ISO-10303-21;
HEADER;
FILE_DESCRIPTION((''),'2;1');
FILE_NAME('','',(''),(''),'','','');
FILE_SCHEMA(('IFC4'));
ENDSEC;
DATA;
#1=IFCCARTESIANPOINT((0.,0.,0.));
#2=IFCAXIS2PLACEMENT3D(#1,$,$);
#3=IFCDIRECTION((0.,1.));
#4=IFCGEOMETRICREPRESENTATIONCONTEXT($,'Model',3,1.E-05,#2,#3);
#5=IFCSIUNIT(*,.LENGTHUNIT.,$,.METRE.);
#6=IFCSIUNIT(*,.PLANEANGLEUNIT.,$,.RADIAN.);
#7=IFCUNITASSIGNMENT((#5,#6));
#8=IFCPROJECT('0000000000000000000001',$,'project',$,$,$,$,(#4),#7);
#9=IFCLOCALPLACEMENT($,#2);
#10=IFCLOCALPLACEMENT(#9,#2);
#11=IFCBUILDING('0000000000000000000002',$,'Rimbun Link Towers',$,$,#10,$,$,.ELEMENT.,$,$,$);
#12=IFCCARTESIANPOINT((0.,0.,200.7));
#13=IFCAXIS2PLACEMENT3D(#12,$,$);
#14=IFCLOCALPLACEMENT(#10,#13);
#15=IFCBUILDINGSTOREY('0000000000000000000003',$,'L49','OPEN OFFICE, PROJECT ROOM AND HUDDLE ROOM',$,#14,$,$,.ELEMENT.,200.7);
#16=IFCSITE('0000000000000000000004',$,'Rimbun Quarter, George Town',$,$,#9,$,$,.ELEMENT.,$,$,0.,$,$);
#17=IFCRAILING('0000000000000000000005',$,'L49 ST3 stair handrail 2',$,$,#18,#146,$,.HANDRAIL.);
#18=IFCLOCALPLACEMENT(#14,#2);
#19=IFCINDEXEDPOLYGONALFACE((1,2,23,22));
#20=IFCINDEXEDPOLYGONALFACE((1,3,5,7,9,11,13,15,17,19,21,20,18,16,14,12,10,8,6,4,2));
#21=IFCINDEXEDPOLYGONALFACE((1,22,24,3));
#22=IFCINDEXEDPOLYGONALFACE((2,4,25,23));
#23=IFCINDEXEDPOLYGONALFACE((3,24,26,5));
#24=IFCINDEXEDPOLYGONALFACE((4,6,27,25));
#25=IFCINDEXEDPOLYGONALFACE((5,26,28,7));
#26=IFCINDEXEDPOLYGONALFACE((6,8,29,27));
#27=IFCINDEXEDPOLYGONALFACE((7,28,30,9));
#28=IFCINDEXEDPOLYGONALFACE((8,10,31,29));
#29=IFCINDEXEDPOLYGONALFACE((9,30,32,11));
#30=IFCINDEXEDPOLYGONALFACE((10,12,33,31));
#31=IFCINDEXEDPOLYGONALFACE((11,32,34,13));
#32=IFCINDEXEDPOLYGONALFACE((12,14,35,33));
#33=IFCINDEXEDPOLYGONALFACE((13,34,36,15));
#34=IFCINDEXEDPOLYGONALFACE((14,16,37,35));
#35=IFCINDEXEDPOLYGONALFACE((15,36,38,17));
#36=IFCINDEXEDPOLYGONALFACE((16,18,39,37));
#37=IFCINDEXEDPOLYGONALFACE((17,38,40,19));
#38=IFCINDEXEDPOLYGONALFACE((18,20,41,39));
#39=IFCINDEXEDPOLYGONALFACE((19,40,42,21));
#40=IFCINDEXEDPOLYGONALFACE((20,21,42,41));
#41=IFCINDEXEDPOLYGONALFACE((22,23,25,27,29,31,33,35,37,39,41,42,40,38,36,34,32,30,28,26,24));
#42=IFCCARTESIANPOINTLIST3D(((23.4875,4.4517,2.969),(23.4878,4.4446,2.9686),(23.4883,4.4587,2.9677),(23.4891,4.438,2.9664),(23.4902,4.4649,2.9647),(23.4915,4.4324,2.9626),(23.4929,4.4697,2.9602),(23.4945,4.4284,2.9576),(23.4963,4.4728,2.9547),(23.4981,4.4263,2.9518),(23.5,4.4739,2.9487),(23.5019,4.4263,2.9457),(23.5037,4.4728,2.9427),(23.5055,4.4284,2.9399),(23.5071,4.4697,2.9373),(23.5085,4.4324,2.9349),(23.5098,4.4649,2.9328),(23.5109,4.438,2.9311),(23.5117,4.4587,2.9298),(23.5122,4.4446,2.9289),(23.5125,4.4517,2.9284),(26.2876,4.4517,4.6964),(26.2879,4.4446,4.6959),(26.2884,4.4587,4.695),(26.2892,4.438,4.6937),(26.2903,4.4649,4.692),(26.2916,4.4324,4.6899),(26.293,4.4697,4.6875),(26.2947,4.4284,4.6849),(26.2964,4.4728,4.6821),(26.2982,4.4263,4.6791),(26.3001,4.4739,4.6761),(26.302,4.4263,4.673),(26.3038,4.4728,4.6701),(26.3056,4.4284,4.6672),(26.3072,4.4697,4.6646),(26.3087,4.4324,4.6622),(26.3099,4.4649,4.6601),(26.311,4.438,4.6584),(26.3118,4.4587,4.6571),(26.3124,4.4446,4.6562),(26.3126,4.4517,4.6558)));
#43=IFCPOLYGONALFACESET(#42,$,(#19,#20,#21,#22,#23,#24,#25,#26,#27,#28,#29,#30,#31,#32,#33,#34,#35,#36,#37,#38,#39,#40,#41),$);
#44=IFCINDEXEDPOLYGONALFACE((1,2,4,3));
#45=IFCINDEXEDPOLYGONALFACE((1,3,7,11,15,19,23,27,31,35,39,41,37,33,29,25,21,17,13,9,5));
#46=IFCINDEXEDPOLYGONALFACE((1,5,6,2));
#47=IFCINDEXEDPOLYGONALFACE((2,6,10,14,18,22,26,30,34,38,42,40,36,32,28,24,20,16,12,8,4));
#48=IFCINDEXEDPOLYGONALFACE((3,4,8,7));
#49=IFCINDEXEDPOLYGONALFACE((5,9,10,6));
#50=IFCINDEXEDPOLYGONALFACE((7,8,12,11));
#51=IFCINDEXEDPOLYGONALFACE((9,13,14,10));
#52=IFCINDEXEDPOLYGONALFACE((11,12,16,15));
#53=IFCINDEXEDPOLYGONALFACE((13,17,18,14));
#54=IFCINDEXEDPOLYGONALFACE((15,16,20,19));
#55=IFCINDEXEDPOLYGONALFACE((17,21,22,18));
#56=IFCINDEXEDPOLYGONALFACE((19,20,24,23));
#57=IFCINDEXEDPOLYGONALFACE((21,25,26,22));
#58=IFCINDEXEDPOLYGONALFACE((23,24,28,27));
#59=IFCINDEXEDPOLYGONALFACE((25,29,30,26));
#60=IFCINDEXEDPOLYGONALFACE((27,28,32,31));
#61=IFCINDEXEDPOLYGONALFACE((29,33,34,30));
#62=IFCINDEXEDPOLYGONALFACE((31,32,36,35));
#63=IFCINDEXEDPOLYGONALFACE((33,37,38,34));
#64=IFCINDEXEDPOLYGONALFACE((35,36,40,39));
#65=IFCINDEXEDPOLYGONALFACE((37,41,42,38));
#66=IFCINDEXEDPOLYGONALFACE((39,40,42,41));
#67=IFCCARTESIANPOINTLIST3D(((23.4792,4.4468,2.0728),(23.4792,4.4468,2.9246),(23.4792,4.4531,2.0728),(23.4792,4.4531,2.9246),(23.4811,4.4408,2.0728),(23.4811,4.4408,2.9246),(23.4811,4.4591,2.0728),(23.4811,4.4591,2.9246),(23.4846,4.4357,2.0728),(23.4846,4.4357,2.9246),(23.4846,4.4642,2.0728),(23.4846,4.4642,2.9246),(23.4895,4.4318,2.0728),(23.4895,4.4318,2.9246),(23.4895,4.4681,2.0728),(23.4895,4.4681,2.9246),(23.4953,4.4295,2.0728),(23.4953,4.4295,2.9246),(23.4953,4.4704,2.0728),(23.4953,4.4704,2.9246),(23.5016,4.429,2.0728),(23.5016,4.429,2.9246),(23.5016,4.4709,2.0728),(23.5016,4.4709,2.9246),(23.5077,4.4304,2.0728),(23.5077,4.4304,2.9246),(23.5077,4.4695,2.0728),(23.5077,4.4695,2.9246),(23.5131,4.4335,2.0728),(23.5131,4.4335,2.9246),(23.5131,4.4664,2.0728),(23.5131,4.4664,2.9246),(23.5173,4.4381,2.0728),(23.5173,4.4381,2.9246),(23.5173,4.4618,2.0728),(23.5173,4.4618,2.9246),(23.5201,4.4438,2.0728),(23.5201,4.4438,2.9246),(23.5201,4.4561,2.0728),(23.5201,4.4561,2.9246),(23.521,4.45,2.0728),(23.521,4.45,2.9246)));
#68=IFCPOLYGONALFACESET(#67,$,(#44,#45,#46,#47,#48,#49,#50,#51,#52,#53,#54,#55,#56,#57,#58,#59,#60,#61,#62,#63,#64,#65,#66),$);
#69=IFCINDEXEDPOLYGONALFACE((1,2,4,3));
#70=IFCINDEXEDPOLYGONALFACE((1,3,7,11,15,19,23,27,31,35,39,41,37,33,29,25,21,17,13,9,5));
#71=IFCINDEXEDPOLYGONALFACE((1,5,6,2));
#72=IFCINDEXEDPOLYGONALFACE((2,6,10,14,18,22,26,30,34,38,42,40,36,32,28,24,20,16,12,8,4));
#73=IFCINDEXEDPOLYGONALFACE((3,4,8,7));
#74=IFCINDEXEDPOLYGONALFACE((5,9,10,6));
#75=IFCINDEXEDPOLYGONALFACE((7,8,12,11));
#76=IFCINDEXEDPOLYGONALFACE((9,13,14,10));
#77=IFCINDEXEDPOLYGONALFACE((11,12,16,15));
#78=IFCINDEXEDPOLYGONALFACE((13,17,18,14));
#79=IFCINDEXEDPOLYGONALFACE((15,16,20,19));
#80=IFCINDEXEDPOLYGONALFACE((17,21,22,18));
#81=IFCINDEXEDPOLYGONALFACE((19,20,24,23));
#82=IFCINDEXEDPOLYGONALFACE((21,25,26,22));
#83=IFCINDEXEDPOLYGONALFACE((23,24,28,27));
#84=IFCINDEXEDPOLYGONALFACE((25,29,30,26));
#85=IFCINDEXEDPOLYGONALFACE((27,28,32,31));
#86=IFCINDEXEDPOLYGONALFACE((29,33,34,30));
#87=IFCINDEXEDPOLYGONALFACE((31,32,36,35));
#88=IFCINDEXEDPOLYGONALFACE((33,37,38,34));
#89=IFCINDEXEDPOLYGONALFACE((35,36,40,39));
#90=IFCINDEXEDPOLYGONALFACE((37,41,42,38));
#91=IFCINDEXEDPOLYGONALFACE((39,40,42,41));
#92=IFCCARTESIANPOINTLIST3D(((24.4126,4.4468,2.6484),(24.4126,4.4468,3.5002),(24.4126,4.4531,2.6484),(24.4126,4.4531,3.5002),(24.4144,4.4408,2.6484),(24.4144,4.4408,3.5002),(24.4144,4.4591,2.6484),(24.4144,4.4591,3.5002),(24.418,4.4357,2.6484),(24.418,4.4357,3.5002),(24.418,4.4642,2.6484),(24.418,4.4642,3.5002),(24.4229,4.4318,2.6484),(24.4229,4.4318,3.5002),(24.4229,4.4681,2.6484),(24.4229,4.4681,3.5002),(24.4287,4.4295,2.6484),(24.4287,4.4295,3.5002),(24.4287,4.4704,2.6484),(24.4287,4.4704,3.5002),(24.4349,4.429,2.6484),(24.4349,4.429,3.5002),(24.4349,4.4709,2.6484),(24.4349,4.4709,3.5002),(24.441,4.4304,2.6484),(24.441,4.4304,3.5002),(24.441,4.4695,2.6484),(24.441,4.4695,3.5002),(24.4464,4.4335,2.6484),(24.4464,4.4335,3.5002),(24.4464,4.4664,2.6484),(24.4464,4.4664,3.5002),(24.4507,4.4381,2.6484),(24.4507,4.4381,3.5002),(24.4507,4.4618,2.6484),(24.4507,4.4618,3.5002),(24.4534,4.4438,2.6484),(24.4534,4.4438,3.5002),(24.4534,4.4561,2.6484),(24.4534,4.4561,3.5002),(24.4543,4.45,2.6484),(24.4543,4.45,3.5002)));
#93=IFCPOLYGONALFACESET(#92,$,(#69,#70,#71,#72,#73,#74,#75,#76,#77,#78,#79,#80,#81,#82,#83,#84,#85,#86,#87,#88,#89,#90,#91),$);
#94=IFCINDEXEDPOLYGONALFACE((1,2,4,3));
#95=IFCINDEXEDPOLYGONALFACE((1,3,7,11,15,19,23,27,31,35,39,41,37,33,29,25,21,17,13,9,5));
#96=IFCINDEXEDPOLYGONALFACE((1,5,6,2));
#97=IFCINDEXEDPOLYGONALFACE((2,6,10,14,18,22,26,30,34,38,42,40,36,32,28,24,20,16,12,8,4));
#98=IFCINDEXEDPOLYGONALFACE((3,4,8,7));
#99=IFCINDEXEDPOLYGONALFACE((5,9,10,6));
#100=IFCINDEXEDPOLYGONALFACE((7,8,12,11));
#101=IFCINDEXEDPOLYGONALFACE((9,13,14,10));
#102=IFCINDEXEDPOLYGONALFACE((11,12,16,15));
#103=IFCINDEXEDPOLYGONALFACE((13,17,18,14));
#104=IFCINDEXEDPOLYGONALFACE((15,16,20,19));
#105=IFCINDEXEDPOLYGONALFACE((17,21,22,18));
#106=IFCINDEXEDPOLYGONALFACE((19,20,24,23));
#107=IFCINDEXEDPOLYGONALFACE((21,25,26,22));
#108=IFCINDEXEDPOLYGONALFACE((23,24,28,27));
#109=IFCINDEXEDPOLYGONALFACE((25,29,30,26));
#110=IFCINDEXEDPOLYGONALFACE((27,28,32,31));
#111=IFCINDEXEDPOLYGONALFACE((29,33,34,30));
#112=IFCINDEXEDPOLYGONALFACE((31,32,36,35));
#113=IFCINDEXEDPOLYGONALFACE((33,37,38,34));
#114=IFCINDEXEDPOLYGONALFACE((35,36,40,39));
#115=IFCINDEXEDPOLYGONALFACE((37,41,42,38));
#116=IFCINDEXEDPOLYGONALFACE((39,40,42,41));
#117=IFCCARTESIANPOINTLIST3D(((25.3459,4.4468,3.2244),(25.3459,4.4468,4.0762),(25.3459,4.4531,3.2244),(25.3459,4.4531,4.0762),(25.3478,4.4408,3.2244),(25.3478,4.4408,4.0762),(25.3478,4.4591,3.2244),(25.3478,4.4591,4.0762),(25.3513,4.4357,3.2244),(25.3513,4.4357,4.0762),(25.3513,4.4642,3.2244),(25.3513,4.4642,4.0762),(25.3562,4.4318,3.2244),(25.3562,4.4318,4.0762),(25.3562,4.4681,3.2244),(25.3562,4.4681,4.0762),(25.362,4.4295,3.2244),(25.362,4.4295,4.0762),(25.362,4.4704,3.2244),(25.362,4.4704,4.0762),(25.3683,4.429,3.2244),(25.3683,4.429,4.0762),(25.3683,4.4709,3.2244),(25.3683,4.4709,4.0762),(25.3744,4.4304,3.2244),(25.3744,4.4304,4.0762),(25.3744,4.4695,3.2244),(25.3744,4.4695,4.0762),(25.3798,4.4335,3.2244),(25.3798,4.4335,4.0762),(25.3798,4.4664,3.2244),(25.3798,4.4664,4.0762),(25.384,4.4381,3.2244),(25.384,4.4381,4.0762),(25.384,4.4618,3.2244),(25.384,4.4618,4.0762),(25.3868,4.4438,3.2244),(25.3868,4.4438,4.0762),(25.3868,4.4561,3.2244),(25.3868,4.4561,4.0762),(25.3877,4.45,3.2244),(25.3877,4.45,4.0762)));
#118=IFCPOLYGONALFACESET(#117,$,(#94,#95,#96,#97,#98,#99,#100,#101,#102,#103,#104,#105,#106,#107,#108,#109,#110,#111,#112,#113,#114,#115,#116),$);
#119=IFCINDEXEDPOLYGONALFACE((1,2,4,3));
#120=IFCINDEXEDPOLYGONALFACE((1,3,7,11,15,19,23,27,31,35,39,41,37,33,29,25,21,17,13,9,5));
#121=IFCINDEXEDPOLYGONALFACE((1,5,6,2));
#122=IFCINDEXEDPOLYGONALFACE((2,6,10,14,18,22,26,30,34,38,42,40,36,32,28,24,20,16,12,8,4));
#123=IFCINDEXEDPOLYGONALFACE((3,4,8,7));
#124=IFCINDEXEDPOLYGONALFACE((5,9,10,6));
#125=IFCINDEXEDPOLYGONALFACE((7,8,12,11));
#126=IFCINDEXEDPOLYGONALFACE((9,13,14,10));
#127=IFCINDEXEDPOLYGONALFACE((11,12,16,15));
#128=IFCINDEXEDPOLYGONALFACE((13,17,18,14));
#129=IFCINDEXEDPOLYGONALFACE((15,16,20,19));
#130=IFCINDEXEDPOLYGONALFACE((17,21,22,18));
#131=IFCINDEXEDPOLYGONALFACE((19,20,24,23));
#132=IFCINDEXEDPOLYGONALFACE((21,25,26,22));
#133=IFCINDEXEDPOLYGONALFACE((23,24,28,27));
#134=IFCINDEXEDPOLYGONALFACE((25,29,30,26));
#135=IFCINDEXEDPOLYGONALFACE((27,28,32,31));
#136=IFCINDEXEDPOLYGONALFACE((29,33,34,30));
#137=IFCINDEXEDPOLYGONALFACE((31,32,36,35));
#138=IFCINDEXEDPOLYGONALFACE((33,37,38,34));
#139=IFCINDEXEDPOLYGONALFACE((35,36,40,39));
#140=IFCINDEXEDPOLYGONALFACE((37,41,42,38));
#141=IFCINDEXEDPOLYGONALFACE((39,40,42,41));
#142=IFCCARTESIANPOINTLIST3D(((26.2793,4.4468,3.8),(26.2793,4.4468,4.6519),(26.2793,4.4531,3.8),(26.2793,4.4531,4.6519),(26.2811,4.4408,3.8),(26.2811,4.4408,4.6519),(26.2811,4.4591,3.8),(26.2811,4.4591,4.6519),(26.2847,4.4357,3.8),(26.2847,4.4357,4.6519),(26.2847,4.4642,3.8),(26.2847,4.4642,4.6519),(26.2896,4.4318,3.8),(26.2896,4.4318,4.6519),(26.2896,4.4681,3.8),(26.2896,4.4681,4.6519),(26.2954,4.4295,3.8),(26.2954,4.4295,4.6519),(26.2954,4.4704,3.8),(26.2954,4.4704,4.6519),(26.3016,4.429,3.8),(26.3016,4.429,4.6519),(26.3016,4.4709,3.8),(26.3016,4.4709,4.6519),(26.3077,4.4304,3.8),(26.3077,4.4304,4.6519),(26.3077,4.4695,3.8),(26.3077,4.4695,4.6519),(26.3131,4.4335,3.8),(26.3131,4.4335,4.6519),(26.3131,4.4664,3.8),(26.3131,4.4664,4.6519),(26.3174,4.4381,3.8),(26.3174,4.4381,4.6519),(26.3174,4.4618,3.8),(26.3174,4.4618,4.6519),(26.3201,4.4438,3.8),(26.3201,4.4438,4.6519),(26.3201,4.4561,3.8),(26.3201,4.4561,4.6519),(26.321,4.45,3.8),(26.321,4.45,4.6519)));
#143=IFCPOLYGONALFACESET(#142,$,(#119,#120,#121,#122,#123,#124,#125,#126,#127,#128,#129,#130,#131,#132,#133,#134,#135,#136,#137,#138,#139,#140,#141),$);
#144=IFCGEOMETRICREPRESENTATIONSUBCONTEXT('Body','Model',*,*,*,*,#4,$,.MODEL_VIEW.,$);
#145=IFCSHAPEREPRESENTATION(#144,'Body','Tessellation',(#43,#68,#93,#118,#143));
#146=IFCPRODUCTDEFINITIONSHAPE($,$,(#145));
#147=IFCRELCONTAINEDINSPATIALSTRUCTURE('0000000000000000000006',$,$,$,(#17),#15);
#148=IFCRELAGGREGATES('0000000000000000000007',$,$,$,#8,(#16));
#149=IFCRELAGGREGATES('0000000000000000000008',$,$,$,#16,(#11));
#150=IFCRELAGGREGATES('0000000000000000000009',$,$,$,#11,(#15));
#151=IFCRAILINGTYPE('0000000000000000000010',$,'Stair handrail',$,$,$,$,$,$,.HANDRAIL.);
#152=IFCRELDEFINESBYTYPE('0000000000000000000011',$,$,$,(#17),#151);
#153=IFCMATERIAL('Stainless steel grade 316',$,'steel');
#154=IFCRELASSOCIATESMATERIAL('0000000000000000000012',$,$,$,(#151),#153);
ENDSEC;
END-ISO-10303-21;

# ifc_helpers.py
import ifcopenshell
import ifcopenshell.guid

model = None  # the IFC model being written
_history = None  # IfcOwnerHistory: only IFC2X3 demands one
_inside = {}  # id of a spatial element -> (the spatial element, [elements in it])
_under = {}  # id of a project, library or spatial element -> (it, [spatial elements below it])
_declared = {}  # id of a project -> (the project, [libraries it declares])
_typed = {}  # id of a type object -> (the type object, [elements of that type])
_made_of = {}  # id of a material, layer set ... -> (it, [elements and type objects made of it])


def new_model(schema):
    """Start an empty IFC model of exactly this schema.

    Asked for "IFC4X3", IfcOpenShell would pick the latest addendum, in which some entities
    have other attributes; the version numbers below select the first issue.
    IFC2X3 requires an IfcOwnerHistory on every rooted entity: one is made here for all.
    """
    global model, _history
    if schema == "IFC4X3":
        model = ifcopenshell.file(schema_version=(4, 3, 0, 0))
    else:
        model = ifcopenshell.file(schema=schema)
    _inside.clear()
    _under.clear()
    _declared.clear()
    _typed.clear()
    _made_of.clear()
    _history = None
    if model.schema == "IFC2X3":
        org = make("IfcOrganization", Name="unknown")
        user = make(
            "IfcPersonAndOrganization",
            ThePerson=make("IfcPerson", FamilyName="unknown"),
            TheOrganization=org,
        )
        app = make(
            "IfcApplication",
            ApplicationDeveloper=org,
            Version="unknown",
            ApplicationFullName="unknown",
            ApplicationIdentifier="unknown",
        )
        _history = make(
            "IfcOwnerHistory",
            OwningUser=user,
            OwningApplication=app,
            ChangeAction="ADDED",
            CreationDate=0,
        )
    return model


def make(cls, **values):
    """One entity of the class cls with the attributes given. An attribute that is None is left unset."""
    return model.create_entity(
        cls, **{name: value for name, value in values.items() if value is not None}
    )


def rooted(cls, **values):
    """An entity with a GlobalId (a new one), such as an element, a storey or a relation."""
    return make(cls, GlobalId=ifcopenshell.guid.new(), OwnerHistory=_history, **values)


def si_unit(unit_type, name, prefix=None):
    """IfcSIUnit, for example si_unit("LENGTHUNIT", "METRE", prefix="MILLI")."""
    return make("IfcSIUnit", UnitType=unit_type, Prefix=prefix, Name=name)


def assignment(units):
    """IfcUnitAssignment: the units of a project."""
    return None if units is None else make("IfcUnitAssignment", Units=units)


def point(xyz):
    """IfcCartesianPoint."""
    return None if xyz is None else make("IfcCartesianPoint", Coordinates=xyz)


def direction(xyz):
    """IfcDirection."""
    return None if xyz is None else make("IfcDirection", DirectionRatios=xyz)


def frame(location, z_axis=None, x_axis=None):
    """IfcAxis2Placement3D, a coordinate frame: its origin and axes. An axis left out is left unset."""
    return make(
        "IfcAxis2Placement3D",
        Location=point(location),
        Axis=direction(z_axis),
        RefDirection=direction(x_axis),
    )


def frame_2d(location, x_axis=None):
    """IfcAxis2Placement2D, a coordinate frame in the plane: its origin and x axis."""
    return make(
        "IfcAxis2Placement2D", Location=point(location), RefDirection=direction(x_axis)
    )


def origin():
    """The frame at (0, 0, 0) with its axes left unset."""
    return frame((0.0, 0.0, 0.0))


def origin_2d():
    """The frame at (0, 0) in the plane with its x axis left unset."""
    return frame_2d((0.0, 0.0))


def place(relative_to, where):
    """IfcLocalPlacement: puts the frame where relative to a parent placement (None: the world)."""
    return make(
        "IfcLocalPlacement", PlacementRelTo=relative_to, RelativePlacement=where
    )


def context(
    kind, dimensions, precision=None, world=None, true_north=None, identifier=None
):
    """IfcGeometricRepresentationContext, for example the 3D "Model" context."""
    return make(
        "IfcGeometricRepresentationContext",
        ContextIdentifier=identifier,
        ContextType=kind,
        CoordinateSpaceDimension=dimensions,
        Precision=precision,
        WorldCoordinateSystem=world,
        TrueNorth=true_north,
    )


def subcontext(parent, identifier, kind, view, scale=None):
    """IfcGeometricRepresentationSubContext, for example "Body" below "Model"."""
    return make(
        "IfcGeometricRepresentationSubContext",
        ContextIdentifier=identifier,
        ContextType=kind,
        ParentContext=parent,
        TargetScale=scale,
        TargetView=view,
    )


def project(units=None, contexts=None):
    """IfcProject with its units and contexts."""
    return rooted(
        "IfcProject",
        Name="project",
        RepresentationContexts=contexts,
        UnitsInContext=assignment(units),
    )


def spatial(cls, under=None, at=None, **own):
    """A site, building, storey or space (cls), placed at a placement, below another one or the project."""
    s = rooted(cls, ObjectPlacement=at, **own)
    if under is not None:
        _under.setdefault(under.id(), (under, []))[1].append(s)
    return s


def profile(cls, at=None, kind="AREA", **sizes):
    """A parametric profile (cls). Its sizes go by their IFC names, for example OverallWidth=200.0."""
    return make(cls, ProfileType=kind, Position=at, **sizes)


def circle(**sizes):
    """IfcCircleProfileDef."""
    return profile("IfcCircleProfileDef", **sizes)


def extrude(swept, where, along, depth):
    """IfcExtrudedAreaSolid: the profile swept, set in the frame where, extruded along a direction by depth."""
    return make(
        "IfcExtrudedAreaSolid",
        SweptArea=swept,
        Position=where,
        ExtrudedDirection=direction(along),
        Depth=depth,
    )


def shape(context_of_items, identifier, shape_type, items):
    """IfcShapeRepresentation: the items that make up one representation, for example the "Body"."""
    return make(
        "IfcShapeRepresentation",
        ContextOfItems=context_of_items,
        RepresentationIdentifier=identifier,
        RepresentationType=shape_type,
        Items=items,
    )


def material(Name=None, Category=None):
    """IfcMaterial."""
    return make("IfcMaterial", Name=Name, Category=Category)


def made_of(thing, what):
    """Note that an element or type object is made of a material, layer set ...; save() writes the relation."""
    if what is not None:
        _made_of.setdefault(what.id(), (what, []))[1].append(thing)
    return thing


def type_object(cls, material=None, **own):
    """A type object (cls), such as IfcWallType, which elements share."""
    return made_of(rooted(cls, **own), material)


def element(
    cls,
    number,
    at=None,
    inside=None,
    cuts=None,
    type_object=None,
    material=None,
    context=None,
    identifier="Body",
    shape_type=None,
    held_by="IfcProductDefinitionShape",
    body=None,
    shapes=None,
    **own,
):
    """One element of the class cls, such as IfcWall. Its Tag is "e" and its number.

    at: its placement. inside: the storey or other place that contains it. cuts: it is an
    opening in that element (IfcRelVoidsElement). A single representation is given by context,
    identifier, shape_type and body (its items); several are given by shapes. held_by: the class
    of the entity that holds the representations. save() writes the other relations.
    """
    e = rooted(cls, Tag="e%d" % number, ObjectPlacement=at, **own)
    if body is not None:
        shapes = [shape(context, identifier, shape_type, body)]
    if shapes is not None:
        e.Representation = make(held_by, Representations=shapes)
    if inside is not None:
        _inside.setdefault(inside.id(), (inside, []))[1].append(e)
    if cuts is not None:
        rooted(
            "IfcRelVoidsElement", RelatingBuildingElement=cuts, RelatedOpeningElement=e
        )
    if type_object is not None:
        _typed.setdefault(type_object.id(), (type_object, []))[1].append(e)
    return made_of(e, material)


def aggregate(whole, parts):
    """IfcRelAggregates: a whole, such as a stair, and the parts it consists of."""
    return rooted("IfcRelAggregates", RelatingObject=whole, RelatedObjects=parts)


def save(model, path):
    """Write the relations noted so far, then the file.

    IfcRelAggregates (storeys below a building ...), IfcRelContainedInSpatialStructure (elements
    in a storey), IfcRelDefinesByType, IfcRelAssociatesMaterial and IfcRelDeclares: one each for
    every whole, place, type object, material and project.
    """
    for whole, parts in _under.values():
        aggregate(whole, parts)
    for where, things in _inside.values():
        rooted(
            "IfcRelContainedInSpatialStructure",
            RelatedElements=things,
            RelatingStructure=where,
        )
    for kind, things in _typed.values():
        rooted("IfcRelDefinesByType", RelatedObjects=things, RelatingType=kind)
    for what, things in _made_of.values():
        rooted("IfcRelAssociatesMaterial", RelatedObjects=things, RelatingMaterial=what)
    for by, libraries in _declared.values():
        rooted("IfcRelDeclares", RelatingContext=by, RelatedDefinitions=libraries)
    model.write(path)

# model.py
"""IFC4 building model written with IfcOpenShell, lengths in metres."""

from ifc_helpers import new_model, si_unit, direction, frame, origin, origin_2d, place, context, subcontext, project, spatial, circle, extrude, material, type_object, element, save


model = new_model("IFC4")

# Units and contexts
model_context = context("Model", 3, precision=1e-05, world=origin(), true_north=direction((0.0, 1.0)))
body_context = subcontext(model_context, "Body", "Model", "MODEL_VIEW")
ifc_project = project(units=[si_unit("LENGTHUNIT", "METRE"), si_unit("PLANEANGLEUNIT", "RADIAN")], contexts=[model_context])

# Site, building, storey
site_placement = place(None, origin())
site = spatial("IfcSite", under=ifc_project, at=site_placement, Name="Rimbun Quarter, George Town", CompositionType="ELEMENT", RefElevation=0.0)
building_placement = place(site_placement, origin())
building = spatial("IfcBuilding", under=site, at=building_placement, Name="Rimbun Link Towers", CompositionType="ELEMENT")
storey_placement = place(building_placement, frame((0.0, 0.0, 200.7)))
storey = spatial("IfcBuildingStorey", under=building, at=storey_placement, Name="L49", Description="OPEN OFFICE, PROJECT ROOM AND HUDDLE ROOM", CompositionType="ELEMENT", Elevation=200.7)

# Railing
ifc_material_1 = material(Name="Stainless steel grade 316", Category="steel")
railing_type_1 = type_object("IfcRailingType", Name="Stair handrail", PredefinedType="HANDRAIL", material=ifc_material_1)
railing_1_placement = place(storey_placement, frame((23.5, 4.45, 2.0728)))
element("IfcRailing", 1, at=railing_1_placement, inside=storey, type_object=railing_type_1, Name="L49 ST3 stair handrail 2", PredefinedType="HANDRAIL", context=body_context, shape_type="SweptSolid", body=[
    extrude(circle(Radius=0.0239, at=origin_2d()), frame((0.0, 0.0, 0.876), z_axis=(0.85109, 0.0, 0.52502), x_axis=(0.0, 1.0, 0.0)), (0.0, 0.0, 1.0), 3.29),
    extrude(circle(Radius=0.021, at=origin_2d()), origin(), (0.0, 0.0, 1.0), 0.8518),
    extrude(circle(Radius=0.021, at=origin_2d()), frame((0.9333, 0.0, 0.5757)), (0.0, 0.0, 1.0), 0.8518),
    extrude(circle(Radius=0.021, at=origin_2d()), frame((1.8667, 0.0, 1.1516)), (0.0, 0.0, 1.0), 0.8518),
    extrude(circle(Radius=0.021, at=origin_2d()), frame((2.8, 0.0, 1.7273)), (0.0, 0.0, 1.0), 0.8518),
])

save(model, "model.ifc")
